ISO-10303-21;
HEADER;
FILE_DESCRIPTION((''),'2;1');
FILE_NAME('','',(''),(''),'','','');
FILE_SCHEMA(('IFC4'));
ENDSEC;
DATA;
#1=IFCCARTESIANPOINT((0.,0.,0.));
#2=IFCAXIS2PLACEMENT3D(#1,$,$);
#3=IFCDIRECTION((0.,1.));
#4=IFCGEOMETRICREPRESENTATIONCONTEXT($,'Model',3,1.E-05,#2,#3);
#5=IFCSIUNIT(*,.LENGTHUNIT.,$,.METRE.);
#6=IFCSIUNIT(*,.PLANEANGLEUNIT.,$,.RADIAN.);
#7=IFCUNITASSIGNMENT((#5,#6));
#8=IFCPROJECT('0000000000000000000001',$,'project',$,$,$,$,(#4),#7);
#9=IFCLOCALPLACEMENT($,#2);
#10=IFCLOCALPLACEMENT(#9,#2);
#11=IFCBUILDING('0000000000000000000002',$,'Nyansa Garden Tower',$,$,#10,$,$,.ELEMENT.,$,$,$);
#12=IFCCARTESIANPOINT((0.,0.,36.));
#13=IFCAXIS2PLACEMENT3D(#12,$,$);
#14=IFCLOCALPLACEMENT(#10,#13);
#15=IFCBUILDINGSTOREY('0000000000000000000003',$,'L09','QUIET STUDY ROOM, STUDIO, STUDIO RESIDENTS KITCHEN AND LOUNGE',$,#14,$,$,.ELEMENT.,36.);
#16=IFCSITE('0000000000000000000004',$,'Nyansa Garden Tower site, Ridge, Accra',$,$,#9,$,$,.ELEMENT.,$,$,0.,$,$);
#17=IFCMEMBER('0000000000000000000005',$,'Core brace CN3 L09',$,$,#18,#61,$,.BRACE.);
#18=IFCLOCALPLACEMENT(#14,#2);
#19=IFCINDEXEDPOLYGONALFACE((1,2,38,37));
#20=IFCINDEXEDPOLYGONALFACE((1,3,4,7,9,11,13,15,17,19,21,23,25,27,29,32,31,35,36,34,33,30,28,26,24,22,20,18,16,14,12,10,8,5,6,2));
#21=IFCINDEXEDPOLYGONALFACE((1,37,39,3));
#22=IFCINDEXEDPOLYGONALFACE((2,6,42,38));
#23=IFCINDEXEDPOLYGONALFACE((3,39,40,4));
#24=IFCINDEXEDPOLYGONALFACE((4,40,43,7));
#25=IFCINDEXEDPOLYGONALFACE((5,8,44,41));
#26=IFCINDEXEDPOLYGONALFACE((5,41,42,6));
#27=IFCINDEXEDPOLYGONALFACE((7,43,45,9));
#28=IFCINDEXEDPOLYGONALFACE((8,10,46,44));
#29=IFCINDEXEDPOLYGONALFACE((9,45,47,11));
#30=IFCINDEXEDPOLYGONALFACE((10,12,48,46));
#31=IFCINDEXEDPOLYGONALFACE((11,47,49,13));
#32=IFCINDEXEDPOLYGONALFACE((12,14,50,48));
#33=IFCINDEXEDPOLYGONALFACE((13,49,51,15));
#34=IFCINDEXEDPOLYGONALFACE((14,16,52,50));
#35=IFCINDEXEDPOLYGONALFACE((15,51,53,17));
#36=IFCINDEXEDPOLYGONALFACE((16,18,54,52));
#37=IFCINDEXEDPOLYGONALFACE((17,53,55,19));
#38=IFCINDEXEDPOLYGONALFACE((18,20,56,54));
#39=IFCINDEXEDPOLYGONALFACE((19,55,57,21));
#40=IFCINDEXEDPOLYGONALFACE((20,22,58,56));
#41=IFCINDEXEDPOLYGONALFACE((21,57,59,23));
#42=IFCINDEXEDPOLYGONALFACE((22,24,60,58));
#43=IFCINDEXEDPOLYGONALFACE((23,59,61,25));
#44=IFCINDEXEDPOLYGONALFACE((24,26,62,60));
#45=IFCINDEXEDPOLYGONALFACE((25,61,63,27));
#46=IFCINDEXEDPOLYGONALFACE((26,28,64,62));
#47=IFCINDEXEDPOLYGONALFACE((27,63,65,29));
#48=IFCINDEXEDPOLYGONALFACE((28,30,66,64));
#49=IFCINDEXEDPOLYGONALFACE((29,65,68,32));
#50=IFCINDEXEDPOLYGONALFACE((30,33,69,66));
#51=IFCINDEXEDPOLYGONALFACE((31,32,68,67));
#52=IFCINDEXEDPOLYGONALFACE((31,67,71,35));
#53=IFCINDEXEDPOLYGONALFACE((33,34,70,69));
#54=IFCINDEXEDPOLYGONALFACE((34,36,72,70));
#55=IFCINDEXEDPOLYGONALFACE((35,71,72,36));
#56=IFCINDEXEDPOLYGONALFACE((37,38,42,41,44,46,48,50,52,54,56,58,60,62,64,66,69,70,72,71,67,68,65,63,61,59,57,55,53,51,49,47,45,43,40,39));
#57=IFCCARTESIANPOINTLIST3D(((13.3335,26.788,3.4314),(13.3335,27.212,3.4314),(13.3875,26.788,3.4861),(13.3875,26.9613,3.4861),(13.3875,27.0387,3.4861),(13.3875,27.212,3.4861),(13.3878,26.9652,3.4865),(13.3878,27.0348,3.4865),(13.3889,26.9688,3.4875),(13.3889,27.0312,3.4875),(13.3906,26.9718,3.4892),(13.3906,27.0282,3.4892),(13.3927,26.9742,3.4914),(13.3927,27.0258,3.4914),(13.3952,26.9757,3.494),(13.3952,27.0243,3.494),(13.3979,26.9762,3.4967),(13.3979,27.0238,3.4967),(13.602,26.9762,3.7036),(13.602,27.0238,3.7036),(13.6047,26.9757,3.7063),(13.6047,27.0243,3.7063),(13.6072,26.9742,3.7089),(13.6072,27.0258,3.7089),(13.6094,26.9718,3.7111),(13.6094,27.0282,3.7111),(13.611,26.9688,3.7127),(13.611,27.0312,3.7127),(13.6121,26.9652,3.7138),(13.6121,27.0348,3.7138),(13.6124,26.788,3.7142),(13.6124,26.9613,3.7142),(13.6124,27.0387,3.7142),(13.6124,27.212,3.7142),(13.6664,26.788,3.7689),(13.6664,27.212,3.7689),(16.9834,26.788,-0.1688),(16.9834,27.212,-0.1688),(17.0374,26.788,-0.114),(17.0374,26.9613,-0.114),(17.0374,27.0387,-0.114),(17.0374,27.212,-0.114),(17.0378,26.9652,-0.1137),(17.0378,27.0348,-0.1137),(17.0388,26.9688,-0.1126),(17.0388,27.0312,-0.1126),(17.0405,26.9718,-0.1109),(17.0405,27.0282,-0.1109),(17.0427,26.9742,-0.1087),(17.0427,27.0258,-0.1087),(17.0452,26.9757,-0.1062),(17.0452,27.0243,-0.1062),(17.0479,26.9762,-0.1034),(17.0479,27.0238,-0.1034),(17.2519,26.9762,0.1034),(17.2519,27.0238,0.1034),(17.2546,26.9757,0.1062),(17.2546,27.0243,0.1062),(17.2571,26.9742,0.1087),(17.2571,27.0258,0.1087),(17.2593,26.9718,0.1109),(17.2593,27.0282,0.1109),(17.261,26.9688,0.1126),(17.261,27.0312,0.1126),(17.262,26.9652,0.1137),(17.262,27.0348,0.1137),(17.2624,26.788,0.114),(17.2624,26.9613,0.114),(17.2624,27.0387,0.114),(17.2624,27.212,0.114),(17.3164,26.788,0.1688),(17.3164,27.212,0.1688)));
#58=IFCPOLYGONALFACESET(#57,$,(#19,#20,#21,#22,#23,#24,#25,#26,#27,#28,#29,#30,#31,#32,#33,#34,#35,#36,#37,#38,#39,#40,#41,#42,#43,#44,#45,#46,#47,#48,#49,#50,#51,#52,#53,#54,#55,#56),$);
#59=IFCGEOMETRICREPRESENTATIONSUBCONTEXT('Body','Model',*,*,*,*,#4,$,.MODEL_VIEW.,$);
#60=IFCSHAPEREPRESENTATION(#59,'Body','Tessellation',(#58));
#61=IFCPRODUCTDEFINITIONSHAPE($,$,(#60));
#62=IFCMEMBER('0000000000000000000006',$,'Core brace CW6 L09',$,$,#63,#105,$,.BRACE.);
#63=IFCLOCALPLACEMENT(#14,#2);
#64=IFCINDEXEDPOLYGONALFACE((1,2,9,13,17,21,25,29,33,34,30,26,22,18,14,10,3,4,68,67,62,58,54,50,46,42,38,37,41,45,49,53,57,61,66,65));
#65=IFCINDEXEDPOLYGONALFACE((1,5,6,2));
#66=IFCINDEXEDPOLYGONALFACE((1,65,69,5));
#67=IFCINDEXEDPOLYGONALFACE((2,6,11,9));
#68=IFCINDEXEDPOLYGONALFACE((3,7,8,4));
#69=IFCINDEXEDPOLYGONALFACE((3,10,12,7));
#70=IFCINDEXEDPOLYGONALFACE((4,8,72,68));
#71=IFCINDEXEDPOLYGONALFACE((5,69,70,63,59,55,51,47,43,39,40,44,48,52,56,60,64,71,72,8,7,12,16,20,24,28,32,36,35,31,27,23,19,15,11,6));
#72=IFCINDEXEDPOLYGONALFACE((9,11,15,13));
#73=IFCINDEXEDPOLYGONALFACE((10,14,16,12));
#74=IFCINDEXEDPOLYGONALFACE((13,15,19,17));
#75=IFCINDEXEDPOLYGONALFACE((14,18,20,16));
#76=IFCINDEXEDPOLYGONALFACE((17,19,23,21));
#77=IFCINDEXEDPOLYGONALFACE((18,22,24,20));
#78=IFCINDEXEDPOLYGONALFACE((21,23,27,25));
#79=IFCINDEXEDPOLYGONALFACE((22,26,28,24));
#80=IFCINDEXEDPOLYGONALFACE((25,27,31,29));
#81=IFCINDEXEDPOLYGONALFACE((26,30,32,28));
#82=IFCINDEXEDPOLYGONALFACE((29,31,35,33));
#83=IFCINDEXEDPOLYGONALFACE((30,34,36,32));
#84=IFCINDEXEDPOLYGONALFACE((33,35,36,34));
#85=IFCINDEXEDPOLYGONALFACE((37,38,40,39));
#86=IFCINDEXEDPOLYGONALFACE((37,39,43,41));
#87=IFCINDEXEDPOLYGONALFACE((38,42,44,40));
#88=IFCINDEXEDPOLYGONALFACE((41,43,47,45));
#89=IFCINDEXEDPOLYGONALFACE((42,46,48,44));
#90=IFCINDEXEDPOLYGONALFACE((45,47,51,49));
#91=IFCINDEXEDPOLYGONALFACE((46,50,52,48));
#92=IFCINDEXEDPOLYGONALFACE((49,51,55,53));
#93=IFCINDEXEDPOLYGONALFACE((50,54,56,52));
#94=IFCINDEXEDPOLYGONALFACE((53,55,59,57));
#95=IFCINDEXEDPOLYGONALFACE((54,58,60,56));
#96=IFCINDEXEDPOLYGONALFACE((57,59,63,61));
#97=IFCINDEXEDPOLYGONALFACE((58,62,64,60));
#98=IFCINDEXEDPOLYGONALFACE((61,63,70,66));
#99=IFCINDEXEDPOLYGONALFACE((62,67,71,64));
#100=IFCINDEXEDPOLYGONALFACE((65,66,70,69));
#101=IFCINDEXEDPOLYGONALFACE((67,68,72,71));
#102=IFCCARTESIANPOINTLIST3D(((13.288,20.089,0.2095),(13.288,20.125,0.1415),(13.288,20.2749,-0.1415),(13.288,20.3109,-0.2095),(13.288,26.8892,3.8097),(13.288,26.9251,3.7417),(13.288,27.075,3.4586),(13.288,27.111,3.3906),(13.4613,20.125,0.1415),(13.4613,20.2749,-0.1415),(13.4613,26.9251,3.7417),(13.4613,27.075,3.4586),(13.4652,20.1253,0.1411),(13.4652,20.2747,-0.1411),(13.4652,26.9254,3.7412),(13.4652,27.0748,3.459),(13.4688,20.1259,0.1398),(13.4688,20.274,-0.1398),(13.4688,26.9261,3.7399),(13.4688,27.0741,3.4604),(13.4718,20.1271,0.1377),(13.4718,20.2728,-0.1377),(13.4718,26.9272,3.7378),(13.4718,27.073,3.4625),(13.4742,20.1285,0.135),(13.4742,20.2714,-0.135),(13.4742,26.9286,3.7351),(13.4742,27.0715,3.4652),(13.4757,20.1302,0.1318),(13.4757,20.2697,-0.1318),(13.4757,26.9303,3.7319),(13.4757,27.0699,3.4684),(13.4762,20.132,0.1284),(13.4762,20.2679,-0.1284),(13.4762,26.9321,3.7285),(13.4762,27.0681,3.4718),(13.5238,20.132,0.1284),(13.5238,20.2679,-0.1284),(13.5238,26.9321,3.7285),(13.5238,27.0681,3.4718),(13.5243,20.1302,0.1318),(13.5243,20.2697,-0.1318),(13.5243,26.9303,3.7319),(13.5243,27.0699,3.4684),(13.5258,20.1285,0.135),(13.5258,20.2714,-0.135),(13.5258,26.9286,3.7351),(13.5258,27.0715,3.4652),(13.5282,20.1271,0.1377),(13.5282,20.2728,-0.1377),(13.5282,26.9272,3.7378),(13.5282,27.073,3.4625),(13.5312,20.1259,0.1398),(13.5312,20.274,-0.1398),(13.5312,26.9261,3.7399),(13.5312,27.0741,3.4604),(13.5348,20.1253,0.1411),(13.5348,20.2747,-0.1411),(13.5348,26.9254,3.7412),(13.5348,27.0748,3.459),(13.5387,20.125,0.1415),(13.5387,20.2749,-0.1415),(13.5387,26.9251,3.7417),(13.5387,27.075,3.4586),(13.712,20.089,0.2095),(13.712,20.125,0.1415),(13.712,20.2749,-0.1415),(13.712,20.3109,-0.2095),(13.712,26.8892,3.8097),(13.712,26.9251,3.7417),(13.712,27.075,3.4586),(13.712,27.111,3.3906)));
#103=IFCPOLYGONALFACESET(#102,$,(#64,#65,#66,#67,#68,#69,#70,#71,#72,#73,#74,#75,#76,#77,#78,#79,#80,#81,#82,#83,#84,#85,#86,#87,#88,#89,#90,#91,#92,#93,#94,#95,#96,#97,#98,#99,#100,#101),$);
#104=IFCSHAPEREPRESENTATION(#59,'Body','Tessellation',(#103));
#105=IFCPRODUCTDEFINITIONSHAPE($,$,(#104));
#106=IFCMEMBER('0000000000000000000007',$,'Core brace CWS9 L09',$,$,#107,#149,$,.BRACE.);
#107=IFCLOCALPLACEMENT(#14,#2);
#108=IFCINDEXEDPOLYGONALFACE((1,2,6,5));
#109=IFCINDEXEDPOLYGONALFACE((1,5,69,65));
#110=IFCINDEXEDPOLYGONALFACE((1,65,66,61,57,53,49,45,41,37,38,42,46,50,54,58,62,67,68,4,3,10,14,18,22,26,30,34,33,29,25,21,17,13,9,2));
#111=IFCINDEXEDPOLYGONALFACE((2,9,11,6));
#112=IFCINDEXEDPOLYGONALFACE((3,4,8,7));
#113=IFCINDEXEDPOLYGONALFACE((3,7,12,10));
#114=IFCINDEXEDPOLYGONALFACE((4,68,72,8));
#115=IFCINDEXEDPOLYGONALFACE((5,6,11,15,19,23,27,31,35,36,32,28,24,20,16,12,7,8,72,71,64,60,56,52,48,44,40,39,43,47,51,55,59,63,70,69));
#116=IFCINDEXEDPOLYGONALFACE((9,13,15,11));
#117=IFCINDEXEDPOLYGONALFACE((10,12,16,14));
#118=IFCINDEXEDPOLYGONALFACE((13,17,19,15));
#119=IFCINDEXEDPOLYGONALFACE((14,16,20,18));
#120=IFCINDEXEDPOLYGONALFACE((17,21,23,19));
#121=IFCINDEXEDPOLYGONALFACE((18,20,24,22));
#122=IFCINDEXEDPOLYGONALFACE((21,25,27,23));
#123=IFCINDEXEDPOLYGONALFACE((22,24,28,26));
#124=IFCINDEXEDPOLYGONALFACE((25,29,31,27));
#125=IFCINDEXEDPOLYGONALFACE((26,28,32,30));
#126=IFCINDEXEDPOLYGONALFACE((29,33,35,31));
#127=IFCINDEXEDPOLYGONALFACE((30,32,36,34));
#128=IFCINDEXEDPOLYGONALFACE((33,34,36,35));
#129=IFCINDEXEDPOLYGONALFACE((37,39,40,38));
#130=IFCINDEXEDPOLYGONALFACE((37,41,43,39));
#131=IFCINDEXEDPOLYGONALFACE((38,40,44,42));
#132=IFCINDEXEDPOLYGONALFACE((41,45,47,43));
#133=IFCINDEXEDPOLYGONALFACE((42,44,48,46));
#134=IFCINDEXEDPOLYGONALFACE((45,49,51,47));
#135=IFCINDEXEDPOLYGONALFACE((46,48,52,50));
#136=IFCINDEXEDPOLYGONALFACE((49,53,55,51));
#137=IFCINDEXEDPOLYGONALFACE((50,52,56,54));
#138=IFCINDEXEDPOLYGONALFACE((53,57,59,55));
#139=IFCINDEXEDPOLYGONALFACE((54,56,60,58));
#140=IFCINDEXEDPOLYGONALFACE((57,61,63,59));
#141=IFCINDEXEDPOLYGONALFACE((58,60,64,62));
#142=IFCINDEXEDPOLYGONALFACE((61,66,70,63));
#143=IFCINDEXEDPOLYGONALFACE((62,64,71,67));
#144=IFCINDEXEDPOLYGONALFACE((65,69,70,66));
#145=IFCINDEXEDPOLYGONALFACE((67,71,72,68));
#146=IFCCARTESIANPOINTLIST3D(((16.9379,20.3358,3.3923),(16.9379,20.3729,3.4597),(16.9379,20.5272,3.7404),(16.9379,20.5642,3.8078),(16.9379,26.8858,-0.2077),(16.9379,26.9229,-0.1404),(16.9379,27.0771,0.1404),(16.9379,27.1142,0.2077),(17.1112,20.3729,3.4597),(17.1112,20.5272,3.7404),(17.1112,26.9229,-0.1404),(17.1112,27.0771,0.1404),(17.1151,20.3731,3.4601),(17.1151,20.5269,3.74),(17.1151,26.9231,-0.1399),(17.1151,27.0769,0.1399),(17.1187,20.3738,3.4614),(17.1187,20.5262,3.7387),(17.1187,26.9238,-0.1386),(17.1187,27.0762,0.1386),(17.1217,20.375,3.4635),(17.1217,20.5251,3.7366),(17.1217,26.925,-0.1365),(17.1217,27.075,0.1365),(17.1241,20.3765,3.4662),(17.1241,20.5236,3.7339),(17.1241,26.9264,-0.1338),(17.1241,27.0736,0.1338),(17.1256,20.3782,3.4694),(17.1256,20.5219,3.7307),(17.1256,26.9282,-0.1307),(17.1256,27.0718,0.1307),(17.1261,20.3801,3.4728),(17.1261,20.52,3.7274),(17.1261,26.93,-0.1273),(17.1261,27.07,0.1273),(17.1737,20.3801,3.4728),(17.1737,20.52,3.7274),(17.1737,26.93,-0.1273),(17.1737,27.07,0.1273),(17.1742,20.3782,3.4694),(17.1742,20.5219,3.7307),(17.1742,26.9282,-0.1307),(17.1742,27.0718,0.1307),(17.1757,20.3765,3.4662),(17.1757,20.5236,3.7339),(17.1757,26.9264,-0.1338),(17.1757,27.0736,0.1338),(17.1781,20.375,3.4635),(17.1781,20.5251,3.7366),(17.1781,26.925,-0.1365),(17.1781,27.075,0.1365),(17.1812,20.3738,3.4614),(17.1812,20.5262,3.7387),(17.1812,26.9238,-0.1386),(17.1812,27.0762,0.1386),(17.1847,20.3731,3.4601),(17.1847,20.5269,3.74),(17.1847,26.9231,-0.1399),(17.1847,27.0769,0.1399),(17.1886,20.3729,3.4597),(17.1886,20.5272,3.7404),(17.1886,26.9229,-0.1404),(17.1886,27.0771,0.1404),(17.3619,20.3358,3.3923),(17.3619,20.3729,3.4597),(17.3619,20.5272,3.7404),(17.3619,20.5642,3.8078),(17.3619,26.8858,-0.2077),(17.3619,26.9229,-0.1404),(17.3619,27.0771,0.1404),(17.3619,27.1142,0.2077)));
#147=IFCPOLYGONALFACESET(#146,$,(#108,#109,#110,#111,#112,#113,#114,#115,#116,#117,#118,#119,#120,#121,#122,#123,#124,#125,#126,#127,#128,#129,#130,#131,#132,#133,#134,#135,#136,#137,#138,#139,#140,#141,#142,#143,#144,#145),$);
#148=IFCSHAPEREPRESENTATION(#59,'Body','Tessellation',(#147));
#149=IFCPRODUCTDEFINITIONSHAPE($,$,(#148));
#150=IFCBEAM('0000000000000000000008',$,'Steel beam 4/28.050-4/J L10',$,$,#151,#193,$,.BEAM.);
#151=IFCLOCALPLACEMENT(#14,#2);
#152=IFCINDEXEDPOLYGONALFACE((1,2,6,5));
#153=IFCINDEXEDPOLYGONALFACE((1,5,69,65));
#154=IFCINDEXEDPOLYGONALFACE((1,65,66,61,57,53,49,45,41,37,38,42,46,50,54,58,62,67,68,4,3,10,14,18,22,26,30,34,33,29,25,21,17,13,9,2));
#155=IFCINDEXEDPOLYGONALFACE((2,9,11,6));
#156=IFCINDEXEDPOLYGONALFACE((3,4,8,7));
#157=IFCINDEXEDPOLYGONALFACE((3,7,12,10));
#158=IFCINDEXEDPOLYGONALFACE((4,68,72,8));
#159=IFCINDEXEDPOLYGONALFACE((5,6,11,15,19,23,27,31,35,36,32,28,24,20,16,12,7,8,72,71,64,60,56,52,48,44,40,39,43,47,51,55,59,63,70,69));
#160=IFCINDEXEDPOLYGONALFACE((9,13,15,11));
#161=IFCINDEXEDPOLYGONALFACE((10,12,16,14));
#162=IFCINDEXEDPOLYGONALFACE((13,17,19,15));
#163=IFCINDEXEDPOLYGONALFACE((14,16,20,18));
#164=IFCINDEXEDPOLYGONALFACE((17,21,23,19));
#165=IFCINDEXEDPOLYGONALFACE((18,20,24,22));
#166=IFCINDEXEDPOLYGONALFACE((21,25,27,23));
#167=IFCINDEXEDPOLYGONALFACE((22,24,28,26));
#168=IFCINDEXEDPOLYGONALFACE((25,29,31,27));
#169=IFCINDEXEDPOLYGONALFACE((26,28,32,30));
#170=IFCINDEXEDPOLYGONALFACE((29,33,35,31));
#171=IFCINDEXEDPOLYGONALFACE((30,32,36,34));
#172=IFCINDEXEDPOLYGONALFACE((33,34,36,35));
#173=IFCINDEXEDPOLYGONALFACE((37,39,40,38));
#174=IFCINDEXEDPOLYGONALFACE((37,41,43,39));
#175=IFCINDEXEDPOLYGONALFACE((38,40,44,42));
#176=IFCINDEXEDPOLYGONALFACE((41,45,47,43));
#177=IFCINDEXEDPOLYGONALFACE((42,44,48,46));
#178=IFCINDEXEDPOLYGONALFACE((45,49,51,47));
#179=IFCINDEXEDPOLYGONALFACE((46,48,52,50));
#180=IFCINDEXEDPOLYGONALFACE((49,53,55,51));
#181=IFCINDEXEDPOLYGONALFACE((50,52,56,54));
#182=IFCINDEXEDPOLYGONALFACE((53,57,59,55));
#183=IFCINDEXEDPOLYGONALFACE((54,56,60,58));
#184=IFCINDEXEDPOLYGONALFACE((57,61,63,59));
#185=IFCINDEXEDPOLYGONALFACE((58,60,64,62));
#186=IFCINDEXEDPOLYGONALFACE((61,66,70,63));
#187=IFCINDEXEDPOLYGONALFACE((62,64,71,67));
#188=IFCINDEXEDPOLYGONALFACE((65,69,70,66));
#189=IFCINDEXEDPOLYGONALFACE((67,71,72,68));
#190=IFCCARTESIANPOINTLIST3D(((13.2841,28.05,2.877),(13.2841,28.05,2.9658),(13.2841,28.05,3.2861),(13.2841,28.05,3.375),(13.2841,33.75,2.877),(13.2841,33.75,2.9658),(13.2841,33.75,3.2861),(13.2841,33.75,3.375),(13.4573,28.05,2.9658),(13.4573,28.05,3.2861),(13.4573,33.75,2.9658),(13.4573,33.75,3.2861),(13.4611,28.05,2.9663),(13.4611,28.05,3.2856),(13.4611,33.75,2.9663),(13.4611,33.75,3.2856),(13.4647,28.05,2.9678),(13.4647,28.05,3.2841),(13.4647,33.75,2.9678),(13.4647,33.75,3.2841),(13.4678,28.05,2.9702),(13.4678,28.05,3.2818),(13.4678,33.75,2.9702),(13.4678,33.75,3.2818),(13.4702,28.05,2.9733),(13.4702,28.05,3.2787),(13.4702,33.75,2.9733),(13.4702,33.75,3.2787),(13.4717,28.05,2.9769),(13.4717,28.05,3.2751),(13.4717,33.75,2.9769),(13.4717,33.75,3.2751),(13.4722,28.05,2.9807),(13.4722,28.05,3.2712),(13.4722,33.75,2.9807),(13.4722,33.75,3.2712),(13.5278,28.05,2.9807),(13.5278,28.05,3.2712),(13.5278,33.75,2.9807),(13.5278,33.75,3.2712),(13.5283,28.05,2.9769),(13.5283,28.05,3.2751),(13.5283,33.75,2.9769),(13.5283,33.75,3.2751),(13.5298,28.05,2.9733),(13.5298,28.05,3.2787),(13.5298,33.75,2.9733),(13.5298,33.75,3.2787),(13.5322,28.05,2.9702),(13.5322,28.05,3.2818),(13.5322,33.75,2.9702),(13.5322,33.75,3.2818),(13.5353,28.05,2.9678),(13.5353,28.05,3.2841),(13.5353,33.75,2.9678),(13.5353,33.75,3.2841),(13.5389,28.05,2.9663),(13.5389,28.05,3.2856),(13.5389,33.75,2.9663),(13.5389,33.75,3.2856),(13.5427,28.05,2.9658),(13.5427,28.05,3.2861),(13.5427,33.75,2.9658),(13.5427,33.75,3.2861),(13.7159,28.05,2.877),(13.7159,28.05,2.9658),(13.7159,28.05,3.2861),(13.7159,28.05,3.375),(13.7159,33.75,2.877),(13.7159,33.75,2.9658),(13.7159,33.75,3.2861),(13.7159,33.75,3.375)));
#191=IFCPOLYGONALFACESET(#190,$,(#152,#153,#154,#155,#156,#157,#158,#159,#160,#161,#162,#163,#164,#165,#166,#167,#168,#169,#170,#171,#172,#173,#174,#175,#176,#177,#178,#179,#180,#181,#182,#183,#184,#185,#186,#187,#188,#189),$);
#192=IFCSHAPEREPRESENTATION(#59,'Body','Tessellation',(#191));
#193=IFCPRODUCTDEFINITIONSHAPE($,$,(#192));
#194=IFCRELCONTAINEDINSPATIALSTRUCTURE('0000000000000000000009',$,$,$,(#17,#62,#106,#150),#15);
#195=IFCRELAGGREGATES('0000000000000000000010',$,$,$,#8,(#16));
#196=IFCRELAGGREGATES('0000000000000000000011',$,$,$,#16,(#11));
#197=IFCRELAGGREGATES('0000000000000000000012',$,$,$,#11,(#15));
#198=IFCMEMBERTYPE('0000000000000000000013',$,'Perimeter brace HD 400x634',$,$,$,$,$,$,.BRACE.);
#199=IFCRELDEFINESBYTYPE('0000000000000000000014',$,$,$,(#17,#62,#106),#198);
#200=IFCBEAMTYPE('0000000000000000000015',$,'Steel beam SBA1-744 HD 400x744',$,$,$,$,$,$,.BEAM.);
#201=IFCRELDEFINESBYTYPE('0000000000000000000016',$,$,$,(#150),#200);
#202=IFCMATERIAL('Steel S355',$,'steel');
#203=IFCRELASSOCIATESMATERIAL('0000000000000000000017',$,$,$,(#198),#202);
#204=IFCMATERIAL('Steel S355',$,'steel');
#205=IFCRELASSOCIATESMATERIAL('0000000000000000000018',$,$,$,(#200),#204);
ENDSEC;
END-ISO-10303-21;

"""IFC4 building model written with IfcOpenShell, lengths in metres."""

from ifc_helpers import new_model, si_unit, direction, frame, origin, origin_2d, place, context, subcontext, project, spatial, i_section, extrude, material, material_profile, profile_set, type_object, element, save


model = new_model("IFC4")

# Units and contexts
model_context = context("Model", 3, precision=1e-05, world=origin(), true_north=direction((0.0, 1.0)))
body_context = subcontext(model_context, "Body", "Model", "MODEL_VIEW")
ifc_project = project(units=[si_unit("LENGTHUNIT", "METRE"), si_unit("PLANEANGLEUNIT", "RADIAN")], contexts=[model_context])

# Site, building, storey
site_placement = place(None, origin())
site = spatial("IfcSite", under=ifc_project, at=site_placement, Name="Nyansa Garden Tower site, Ridge, Accra", CompositionType="ELEMENT", RefElevation=0.0)
building_placement = place(site_placement, origin())
building = spatial("IfcBuilding", under=site, at=building_placement, Name="Nyansa Garden Tower", CompositionType="ELEMENT")
storey_placement = place(building_placement, frame((0.0, 0.0, 36.0)))
storey = spatial("IfcBuildingStorey", under=building, at=storey_placement, Name="L09", Description="QUIET STUDY ROOM, STUDIO, STUDIO RESIDENTS KITCHEN AND LOUNGE", CompositionType="ELEMENT", Elevation=36.0)

# Members
ifc_material_1 = material(Name="Steel S355", Category="steel")
ifc_material_profile_1 = material_profile(ifc_material_1, i_section(OverallWidth=0.4241, OverallDepth=0.4741, WebThickness=0.0476, FlangeThickness=0.0769, FilletRadius=0.0149, at=origin_2d()), Name="HD 400x634")
ifc_profile_set_1 = profile_set([ifc_material_profile_1], Name="Steel S355")
member_type = type_object("IfcMemberType", Name="Perimeter brace HD 400x634", PredefinedType="BRACE", material=ifc_profile_set_1)
member_1_placement = place(storey_placement, frame((17.1499, 27.0, 0.0), z_axis=(-0.711948, 0.0, 0.702233), x_axis=(0.0, -1.0, 0.0)))
element("IfcMember", 1, at=member_1_placement, inside=storey, type_object=member_type, Name="Core brace CN3 L09", PredefinedType="BRACE", context=body_context, shape_type="SweptSolid", body=[
    extrude(i_section(OverallWidth=0.4241, OverallDepth=0.4741, WebThickness=0.0476, FlangeThickness=0.0769, FilletRadius=0.0149, at=origin_2d()), origin(), (0.0, 0.0, 1.0), 5.1267),
])
member_2_placement = place(storey_placement, frame((13.5, 20.2, 0.0), z_axis=(0.0, 0.883784, 0.467895), x_axis=(-1.0, 0.0, 0.0)))
element("IfcMember", 2, at=member_2_placement, inside=storey, type_object=member_type, Name="Core brace CW6 L09", PredefinedType="BRACE", context=body_context, shape_type="SweptSolid", body=[
    extrude(i_section(OverallWidth=0.4241, OverallDepth=0.4741, WebThickness=0.0476, FlangeThickness=0.0769, FilletRadius=0.0149, at=origin_2d()), origin(), (0.0, 0.0, 1.0), 7.6943),
])
member_3_placement = place(storey_placement, frame((17.1499, 27.0, 0.0), z_axis=(0.0, -0.876353, 0.481669), x_axis=(1.0, 0.0, 0.0)))
element("IfcMember", 3, at=member_3_placement, inside=storey, type_object=member_type, Name="Core brace CWS9 L09", PredefinedType="BRACE", context=body_context, shape_type="SweptSolid", body=[
    extrude(i_section(OverallWidth=0.4241, OverallDepth=0.4741, WebThickness=0.0476, FlangeThickness=0.0769, FilletRadius=0.0149, at=origin_2d()), origin(), (0.0, 0.0, 1.0), 7.4741),
])

# Beam
ifc_material_2 = material(Name="Steel S355", Category="steel")
ifc_material_profile_2 = material_profile(ifc_material_2, i_section(OverallWidth=0.4319, OverallDepth=0.498, WebThickness=0.0557, FlangeThickness=0.0889, FilletRadius=0.0149, at=origin_2d()), Name="HD 400x744")
ifc_profile_set_2 = profile_set([ifc_material_profile_2], Name="Steel S355")
beam_type = type_object("IfcBeamType", Name="Steel beam SBA1-744 HD 400x744", PredefinedType="BEAM", material=ifc_profile_set_2)
beam_placement = place(storey_placement, frame((13.5, 28.05, 3.126), z_axis=(0.0, 1.0, 0.0), x_axis=(-1.0, 0.0, 0.0)))
element("IfcBeam", 4, at=beam_placement, inside=storey, type_object=beam_type, Name="Steel beam 4/28.050-4/J L10", PredefinedType="BEAM", context=body_context, shape_type="SweptSolid", body=[
    extrude(i_section(OverallWidth=0.4319, OverallDepth=0.498, WebThickness=0.0557, FlangeThickness=0.0889, FilletRadius=0.0149, at=origin_2d()), origin(), (0.0, 0.0, 1.0), 5.7),
])

save(model, "model.ifc")
